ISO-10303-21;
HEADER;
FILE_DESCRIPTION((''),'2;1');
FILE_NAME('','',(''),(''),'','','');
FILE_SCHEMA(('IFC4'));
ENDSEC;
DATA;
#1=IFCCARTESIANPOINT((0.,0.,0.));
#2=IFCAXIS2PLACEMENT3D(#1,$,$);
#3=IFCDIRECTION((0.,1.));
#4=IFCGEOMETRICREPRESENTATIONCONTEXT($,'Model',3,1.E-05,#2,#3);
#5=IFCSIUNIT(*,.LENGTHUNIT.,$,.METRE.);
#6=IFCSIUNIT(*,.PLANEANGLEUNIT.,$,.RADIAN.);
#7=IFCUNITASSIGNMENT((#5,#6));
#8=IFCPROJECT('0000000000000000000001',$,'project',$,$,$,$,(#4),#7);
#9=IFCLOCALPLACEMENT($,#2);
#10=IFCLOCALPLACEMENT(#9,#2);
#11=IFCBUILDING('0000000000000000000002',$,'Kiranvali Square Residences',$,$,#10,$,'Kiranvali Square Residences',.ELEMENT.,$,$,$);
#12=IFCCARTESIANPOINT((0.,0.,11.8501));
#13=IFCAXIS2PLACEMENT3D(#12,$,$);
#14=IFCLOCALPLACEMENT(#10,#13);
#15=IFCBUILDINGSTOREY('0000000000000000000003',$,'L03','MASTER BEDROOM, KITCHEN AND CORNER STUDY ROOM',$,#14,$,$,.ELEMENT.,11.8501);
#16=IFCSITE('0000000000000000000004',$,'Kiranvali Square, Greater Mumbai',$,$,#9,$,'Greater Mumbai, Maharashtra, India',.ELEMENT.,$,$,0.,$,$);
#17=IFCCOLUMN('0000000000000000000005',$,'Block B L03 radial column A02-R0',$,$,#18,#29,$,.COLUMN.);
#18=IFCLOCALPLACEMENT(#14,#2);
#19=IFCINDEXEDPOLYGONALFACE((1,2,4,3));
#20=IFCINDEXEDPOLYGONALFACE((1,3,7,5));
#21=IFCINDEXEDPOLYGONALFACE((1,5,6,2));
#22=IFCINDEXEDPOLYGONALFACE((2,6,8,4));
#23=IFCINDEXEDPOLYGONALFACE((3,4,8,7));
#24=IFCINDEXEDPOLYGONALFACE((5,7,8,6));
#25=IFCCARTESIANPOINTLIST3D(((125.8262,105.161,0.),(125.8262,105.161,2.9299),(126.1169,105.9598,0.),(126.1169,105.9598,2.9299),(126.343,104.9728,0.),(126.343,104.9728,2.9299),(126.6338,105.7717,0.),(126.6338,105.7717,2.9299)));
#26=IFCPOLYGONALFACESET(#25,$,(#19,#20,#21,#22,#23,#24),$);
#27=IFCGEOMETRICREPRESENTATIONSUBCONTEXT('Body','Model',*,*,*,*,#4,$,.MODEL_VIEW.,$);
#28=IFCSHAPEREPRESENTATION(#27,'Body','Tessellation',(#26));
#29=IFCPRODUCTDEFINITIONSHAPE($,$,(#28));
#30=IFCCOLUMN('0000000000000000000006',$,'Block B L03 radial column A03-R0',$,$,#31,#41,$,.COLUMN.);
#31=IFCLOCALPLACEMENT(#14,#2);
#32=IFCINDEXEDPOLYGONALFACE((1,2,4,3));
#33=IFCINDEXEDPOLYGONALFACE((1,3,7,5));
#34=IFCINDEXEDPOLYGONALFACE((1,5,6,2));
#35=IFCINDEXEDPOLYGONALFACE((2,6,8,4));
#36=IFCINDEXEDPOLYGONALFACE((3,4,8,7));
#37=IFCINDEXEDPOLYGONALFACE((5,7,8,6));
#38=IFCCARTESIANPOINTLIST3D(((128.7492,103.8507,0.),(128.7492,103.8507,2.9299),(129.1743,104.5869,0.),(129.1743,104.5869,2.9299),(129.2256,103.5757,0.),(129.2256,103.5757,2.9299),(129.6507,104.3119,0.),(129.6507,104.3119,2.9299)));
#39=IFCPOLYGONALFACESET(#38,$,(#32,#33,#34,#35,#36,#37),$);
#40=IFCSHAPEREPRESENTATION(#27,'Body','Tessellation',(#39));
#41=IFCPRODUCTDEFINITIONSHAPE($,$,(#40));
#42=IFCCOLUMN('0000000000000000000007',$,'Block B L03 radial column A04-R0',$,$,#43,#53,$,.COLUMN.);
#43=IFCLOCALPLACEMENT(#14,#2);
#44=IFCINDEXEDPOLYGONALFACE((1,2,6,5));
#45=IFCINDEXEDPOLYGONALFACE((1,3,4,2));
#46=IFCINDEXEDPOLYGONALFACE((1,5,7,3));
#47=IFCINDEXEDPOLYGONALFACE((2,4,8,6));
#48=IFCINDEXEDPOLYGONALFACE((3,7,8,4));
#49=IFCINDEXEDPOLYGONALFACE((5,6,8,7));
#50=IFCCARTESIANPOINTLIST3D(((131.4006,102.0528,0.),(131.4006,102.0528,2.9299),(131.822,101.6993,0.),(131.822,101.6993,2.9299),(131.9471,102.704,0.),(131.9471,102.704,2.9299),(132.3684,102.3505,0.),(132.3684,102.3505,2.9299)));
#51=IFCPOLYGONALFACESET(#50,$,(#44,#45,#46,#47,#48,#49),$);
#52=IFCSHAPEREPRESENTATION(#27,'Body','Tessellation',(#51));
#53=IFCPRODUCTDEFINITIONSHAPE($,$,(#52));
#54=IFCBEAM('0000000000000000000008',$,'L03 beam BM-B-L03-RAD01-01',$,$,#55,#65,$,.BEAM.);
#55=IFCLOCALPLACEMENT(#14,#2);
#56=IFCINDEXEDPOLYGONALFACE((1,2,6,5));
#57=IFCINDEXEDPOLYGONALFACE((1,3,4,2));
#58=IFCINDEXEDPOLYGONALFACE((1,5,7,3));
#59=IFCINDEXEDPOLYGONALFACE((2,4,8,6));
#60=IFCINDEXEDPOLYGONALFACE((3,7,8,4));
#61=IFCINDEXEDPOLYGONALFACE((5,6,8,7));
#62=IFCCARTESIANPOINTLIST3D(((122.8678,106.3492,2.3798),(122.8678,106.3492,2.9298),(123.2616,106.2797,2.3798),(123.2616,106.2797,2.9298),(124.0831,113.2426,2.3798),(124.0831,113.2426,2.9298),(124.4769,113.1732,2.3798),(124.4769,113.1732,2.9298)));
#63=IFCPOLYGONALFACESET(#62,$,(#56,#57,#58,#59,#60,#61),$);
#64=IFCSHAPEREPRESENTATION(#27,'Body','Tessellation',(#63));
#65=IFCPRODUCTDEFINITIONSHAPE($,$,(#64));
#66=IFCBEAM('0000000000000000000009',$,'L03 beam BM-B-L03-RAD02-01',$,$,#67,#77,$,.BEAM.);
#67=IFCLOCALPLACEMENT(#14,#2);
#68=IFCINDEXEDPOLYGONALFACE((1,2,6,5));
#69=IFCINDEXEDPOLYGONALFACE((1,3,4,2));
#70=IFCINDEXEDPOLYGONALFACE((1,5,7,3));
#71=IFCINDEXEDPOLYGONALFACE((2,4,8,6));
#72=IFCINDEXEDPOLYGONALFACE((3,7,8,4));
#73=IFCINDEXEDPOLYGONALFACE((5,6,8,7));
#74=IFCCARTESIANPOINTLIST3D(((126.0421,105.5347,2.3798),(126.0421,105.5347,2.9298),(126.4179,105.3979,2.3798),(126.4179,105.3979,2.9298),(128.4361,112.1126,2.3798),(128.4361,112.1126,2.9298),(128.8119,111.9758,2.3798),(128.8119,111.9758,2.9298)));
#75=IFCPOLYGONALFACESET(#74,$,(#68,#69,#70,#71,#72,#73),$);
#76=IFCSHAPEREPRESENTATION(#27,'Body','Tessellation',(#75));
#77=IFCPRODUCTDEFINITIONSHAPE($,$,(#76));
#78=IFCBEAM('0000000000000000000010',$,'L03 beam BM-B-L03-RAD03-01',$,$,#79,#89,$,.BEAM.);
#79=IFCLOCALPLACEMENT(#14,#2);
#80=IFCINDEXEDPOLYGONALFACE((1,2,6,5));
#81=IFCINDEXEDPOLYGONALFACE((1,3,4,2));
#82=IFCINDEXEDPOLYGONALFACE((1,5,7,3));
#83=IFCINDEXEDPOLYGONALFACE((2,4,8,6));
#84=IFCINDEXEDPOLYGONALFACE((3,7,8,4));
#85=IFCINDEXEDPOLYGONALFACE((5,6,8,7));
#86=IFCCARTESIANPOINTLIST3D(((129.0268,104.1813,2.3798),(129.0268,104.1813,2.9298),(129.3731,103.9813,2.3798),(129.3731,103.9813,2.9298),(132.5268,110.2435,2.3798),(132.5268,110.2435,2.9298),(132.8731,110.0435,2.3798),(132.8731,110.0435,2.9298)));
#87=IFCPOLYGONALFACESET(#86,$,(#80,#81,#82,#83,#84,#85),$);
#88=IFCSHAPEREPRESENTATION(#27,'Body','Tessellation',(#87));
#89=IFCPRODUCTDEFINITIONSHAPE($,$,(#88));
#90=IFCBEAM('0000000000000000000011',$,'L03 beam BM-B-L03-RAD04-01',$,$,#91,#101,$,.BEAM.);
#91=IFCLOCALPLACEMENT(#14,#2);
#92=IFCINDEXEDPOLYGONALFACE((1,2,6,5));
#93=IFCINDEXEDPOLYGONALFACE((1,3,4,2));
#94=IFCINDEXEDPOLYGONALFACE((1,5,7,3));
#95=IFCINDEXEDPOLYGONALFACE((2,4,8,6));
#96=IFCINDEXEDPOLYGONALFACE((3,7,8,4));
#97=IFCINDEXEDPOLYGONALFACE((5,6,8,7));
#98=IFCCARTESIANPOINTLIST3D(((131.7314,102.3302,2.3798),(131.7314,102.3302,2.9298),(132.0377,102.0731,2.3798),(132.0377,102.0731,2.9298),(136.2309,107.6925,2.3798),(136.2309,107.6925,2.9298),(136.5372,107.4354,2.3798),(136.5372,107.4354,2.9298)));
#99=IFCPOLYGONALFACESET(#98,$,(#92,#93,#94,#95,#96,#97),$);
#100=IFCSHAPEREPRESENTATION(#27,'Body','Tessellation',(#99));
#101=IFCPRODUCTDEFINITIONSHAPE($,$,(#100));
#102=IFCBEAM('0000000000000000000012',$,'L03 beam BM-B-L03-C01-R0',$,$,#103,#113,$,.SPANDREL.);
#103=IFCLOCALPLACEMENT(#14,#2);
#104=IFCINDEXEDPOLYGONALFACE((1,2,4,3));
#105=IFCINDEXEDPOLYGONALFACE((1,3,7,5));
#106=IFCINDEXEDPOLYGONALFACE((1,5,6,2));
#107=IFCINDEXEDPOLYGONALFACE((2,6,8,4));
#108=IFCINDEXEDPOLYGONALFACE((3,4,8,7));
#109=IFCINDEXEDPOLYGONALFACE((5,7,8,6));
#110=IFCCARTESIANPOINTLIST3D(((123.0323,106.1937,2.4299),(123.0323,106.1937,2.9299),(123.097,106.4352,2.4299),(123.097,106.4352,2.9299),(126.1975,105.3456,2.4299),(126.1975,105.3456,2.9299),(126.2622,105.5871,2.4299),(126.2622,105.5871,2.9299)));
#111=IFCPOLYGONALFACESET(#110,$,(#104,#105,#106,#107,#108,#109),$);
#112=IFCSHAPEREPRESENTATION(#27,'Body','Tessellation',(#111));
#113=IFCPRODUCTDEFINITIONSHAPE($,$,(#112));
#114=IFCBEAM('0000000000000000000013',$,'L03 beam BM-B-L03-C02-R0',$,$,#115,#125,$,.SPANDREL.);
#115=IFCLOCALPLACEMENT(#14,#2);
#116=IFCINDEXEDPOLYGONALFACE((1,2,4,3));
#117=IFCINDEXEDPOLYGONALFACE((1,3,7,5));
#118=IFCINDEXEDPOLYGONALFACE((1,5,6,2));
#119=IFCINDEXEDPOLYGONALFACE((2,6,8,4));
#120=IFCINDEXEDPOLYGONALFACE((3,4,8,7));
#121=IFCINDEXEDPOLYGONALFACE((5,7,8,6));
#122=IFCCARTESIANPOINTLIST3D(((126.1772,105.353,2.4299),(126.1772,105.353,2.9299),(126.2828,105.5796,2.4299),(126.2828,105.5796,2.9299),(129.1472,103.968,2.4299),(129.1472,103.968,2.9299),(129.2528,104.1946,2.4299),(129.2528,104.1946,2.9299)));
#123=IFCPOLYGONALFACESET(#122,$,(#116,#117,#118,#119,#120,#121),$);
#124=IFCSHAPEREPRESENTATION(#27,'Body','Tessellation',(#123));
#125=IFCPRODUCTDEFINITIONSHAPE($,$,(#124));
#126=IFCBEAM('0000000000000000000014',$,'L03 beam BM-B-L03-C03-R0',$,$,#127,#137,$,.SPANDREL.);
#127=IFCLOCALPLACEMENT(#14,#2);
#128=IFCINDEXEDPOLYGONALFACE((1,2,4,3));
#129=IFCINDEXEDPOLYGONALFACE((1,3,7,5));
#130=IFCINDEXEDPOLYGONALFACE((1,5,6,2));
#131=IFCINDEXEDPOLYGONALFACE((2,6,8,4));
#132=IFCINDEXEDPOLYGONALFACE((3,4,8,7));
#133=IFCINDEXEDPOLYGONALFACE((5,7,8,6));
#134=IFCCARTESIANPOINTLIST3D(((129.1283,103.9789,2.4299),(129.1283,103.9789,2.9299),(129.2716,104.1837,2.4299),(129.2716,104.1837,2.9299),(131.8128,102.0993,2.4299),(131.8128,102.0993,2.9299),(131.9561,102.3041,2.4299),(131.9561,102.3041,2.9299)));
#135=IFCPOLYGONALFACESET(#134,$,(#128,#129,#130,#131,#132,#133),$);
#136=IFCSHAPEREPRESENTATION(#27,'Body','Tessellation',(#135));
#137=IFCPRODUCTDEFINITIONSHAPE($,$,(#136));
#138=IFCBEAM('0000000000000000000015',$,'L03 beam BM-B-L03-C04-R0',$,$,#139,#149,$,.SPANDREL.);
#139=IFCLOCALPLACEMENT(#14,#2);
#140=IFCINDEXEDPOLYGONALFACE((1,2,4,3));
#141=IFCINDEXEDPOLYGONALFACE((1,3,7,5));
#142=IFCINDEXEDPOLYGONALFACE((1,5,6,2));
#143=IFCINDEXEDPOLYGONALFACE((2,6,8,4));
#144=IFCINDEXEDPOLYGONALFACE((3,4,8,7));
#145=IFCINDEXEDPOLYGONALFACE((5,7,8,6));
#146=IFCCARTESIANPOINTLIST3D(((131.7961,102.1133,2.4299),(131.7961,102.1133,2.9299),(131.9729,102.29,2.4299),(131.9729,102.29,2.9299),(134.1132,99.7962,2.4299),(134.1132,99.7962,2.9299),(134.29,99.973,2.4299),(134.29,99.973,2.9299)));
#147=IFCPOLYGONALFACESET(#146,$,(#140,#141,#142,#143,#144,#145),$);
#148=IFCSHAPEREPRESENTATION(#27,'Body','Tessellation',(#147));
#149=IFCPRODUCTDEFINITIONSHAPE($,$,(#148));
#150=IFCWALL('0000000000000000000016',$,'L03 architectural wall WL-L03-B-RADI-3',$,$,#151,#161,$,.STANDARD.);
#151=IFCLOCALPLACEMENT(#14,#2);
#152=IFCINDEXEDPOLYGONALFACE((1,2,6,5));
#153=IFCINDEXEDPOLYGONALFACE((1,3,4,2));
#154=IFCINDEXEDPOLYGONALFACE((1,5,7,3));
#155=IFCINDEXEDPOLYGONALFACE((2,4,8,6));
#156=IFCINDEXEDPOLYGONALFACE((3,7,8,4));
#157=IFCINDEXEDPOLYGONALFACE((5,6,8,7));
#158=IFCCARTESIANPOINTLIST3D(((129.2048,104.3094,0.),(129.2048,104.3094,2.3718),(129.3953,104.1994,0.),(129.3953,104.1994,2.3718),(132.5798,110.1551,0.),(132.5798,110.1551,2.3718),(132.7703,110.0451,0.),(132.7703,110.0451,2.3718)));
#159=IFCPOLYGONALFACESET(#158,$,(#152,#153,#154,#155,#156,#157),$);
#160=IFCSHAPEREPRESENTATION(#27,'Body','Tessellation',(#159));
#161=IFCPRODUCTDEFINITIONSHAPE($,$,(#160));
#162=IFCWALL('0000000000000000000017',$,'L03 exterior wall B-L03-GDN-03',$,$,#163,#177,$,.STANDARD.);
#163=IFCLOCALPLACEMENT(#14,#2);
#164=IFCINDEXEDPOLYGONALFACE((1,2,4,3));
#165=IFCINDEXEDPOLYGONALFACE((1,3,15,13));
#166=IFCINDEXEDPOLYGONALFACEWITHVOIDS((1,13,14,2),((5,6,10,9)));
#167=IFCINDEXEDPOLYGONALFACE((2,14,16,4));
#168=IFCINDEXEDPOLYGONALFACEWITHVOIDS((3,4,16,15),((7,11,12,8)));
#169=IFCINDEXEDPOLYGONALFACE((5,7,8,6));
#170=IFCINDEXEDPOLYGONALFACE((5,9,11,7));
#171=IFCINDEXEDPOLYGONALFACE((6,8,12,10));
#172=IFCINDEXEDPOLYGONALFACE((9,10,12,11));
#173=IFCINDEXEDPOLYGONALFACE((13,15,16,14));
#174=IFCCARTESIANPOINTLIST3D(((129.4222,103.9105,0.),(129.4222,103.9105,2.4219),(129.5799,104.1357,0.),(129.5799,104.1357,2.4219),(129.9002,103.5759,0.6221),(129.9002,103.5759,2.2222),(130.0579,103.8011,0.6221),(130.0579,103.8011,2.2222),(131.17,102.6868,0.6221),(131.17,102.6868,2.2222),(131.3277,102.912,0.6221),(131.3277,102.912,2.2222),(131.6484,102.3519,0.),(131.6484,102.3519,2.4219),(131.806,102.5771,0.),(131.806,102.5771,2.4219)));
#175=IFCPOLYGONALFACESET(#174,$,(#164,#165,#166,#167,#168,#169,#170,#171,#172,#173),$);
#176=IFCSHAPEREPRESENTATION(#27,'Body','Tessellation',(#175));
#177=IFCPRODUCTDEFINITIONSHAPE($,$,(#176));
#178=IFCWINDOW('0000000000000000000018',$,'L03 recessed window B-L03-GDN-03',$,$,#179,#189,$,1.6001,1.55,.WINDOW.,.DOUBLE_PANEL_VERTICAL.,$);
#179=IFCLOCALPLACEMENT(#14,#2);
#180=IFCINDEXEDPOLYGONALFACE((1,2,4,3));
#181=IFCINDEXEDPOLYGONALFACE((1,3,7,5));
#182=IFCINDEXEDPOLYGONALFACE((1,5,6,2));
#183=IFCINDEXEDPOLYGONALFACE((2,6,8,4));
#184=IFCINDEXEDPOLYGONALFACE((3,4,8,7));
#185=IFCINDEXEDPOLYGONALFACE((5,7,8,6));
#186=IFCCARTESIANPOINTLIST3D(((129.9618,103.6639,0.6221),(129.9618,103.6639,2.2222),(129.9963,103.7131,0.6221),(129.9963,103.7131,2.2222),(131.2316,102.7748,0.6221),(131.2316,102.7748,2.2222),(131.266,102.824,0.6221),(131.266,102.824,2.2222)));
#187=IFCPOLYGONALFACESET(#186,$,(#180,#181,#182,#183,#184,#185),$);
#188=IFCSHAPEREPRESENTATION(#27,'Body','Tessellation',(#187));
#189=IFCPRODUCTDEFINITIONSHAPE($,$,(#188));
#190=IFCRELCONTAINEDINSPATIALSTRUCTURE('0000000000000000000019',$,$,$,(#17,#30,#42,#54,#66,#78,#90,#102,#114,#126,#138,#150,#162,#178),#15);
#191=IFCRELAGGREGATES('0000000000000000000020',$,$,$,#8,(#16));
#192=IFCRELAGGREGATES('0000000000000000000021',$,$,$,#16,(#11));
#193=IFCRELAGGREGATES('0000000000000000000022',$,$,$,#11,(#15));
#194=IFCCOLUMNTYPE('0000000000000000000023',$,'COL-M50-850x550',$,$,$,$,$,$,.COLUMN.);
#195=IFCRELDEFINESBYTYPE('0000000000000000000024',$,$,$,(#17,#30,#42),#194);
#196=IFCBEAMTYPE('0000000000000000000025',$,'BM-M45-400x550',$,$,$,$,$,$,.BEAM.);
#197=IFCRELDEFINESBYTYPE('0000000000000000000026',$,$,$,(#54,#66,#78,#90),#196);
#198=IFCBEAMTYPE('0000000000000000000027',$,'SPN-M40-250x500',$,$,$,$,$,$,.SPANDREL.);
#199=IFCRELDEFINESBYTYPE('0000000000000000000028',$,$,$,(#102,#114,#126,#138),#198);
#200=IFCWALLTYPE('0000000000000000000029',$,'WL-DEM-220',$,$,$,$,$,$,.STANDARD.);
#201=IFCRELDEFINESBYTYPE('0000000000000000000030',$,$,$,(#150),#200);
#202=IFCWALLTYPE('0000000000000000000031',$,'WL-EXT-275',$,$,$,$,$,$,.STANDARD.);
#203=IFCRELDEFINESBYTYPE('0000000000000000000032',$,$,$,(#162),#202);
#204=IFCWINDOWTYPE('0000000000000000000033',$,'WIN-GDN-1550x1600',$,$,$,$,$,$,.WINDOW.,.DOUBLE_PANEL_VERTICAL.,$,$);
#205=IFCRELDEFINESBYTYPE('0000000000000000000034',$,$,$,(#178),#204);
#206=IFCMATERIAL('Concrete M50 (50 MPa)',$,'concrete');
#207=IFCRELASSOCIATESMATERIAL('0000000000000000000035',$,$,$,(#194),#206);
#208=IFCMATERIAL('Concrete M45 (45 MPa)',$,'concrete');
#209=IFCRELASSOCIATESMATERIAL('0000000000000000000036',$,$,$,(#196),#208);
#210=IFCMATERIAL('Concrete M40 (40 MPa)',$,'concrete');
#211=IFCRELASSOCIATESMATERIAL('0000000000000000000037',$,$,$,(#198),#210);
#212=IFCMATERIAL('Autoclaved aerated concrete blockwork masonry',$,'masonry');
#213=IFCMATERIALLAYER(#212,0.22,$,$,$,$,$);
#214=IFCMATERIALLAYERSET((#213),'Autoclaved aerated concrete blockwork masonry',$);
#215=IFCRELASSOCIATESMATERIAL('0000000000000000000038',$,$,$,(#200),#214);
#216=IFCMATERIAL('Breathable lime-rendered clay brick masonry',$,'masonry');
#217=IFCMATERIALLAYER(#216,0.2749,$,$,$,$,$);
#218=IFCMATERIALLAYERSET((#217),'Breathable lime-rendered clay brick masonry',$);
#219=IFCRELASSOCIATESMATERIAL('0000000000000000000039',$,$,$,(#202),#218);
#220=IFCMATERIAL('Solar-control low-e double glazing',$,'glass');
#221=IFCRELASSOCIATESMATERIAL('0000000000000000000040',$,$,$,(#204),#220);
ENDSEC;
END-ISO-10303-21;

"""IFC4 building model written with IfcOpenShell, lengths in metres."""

from ifc_helpers import new_model, si_unit, direction, frame, frame_2d, origin, origin_2d, place, context, subcontext, project, spatial, rectangle, extrude, material, layer, layer_set, material_profile, profile_set, type_object, element, fill, save


model = new_model("IFC4")

# Units and contexts
model_context = context("Model", 3, precision=1e-05, world=origin(), true_north=direction((0.0, 1.0)))
body_context = subcontext(model_context, "Body", "Model", "MODEL_VIEW")
ifc_project = project(units=[si_unit("LENGTHUNIT", "METRE"), si_unit("PLANEANGLEUNIT", "RADIAN")], contexts=[model_context])

# Site, building, storey
site_placement = place(None, origin())
site = spatial("IfcSite", under=ifc_project, at=site_placement, Name="Kiranvali Square, Greater Mumbai", LongName="Greater Mumbai, Maharashtra, India", CompositionType="ELEMENT", RefElevation=0.0)
building_placement = place(site_placement, origin())
building = spatial("IfcBuilding", under=site, at=building_placement, Name="Kiranvali Square Residences", LongName="Kiranvali Square Residences", CompositionType="ELEMENT")
storey_placement = place(building_placement, frame((0.0, 0.0, 11.8501)))
storey = spatial("IfcBuildingStorey", under=building, at=storey_placement, Name="L03", Description="MASTER BEDROOM, KITCHEN AND CORNER STUDY ROOM", CompositionType="ELEMENT", Elevation=11.8501)

# Columns
ifc_material_1 = material(Name="Concrete M50 (50 MPa)", Category="concrete")
ifc_material_profile_1 = material_profile(ifc_material_1, rectangle(XDim=0.55, YDim=0.8501, at=origin_2d()), Name="RC 850x550")
ifc_profile_set_1 = profile_set([ifc_material_profile_1], Name="Concrete M50 (50 MPa)")
column_type = type_object("IfcColumnType", Name="COL-M50-850x550", PredefinedType="COLUMN", material=ifc_profile_set_1)
for number, where, z_axis, x_axis, name in (
    (1, (126.23, 105.4663, 0.0), (0.0, 0.0, 1.0), (-0.939693, 0.34202, 0.0), "Block B L03 radial column A02-R0"),
    (2, (129.2, 104.0813, 0.0), (0.0, 0.0, 1.0), (-0.866025, 0.5, 0.0), "Block B L03 radial column A03-R0"),
    (3, (131.8845, 102.2017, 0.0), (0.0, 0.0, 1.0), (-0.766044, 0.642788, 0.0), "Block B L03 radial column A04-R0"),
):
    element("IfcColumn", number, at=place(storey_placement, frame(where, z_axis=z_axis, x_axis=x_axis)), inside=storey, type_object=column_type, Name=name, PredefinedType="COLUMN", context=body_context, shape_type="SweptSolid", body=[
        extrude(rectangle(XDim=0.55, YDim=0.8501, at=origin_2d()), origin(), (0.0, 0.0, 1.0), 2.9299),
    ])

# Beams
ifc_material_2 = material(Name="Concrete M45 (45 MPa)", Category="concrete")
ifc_material_profile_2 = material_profile(ifc_material_2, rectangle(XDim=0.3999, YDim=0.55, at=origin_2d()), Name="RC 400x550")
ifc_profile_set_2 = profile_set([ifc_material_profile_2], Name="Concrete M45 (45 MPa)")
beam_type_1 = type_object("IfcBeamType", Name="BM-M45-400x550", PredefinedType="BEAM", material=ifc_profile_set_2)
beam_1_placement = place(storey_placement, frame((123.0647, 106.3145, 2.6548), z_axis=(0.173622, 0.984812, 0.0), x_axis=(-0.984812, 0.173622, 0.0)))
element("IfcBeam", 4, at=beam_1_placement, inside=storey, type_object=beam_type_1, Name="L03 beam BM-B-L03-RAD01-01", PredefinedType="BEAM", context=body_context, shape_type="SweptSolid", body=[
    extrude(rectangle(XDim=0.3999, YDim=0.55, at=origin_2d()), origin(), (0.0, 0.0, 1.0), 6.9998),
])
for number, where, z_axis, x_axis, name in (
    (5, (126.23, 105.4663, 2.6548), (0.342006, 0.939698, 0.0), (-0.939698, 0.342006, 0.0), "L03 beam BM-B-L03-RAD02-01"),
    (6, (129.2, 104.0813, 2.6548), (0.499995, 0.866028, 0.0), (-0.866028, 0.499995, 0.0), "L03 beam BM-B-L03-RAD03-01"),
    (7, (131.8845, 102.2017, 2.6548), (0.642788, 0.766044, 0.0), (-0.766044, 0.642788, 0.0), "L03 beam BM-B-L03-RAD04-01"),
):
    element("IfcBeam", number, at=place(storey_placement, frame(where, z_axis=z_axis, x_axis=x_axis)), inside=storey, type_object=beam_type_1, Name=name, PredefinedType="BEAM", context=body_context, shape_type="SweptSolid", body=[
        extrude(rectangle(XDim=0.3999, YDim=0.55, at=origin_2d()), origin(), (0.0, 0.0, 1.0), 7.0),
    ])
ifc_material_3 = material(Name="Concrete M40 (40 MPa)", Category="concrete")
ifc_material_profile_3 = material_profile(ifc_material_3, rectangle(XDim=0.25, YDim=0.5, at=origin_2d()), Name="RC 250x500")
ifc_profile_set_3 = profile_set([ifc_material_profile_3], Name="Concrete M40 (40 MPa)")
beam_type_2 = type_object("IfcBeamType", Name="SPN-M40-250x500", PredefinedType="SPANDREL", material=ifc_profile_set_3)
beam_2_placement = place(storey_placement, frame((123.0647, 106.3145, 2.6799), z_axis=(0.965925, -0.258822, 0.0), x_axis=(0.258822, 0.965925, 0.0)))
element("IfcBeam", 8, at=beam_2_placement, inside=storey, type_object=beam_type_2, Name="L03 beam BM-B-L03-C01-R0", PredefinedType="SPANDREL", context=body_context, shape_type="SweptSolid", body=[
    extrude(rectangle(XDim=0.25, YDim=0.5, at=origin_2d()), origin(), (0.0, 0.0, 1.0), 3.2769),
])
for number, where, z_axis, x_axis, name in (
    (9, (126.23, 105.4663, 2.6799), (0.906297, -0.422641, 0.0), (0.422641, 0.906297, 0.0), "L03 beam BM-B-L03-C02-R0"),
    (10, (129.2, 104.0813, 2.6799), (0.819169, -0.573552, 0.0), (0.573552, 0.819169, 0.0), "L03 beam BM-B-L03-C03-R0"),
):
    element("IfcBeam", number, at=place(storey_placement, frame(where, z_axis=z_axis, x_axis=x_axis)), inside=storey, type_object=beam_type_2, Name=name, PredefinedType="SPANDREL", context=body_context, shape_type="SweptSolid", body=[
        extrude(rectangle(XDim=0.25, YDim=0.5, at=origin_2d()), origin(), (0.0, 0.0, 1.0), 3.2771),
    ])
beam_3_placement = place(storey_placement, frame((131.8845, 102.2017, 2.6799), z_axis=(0.707107, -0.707107, 0.0), x_axis=(0.707107, 0.707107, 0.0)))
element("IfcBeam", 11, at=beam_3_placement, inside=storey, type_object=beam_type_2, Name="L03 beam BM-B-L03-C04-R0", PredefinedType="SPANDREL", context=body_context, shape_type="SweptSolid", body=[
    extrude(rectangle(XDim=0.25, YDim=0.5, at=origin_2d()), origin(), (0.0, 0.0, 1.0), 3.2769),
])

# Wall
ifc_material_4 = material(Name="Autoclaved aerated concrete blockwork masonry", Category="masonry")
ifc_layer_1 = layer(ifc_material_4, 0.22)
ifc_layer_set_1 = layer_set([ifc_layer_1], Name="Autoclaved aerated concrete blockwork masonry")
wall_type_1 = type_object("IfcWallType", Name="WL-DEM-220", PredefinedType="STANDARD", material=ifc_layer_set_1)
wall_1_placement = place(storey_placement, frame((129.3, 104.2544, 0.0), z_axis=(0.0, 0.0, 1.0), x_axis=(0.499998, 0.866027, 0.0)))
element("IfcWall", 12, at=wall_1_placement, inside=storey, type_object=wall_type_1, Name="L03 architectural wall WL-L03-B-RADI-3", PredefinedType="STANDARD", context=body_context, shape_type="SweptSolid", body=[
    extrude(rectangle(XDim=6.75, YDim=0.22, at=frame_2d((3.375, 0.0))), origin(), (0.0, 0.0, 1.0), 2.3718),
])

# Shared definitions
ifc_material_5 = material(Name="Breathable lime-rendered clay brick masonry", Category="masonry")
ifc_layer_2 = layer(ifc_material_5, 0.2749)
ifc_layer_set_2 = layer_set([ifc_layer_2], Name="Breathable lime-rendered clay brick masonry")
wall_type_2 = type_object("IfcWallType", Name="WL-EXT-275", PredefinedType="STANDARD", material=ifc_layer_set_2)

# Wall, opening, window
wall_2_placement = place(storey_placement, frame((129.501, 104.0232, 0.0), z_axis=(0.0, 0.0, 1.0), x_axis=(0.819173, -0.573547, 0.0)))
wall_2 = element("IfcWall", 13, at=wall_2_placement, inside=storey, type_object=wall_type_2, Name="L03 exterior wall B-L03-GDN-03", PredefinedType="STANDARD", context=body_context, shape_type="SweptSolid", body=[
    extrude(rectangle(XDim=2.7175, YDim=0.2749, at=frame_2d((1.3589, 0.0))), origin(), (0.0, 0.0, 1.0), 2.4219),
])
opening_1_placement = place(wall_2_placement, frame((0.5837, 0.0, 0.6221)))
opening_1 = element("IfcOpeningElement", 14, at=opening_1_placement, cuts=wall_2, PredefinedType="OPENING", context=body_context, shape_type="SweptSolid", body=[
    extrude(rectangle(XDim=1.55, YDim=1.6001, at=frame_2d((0.7749, 0.8))), frame((0.0, 0.1475, 0.0), z_axis=(0.0, -1.0, 0.0), x_axis=(1.0, 0.0, 0.0)), (0.0, 0.0, 1.0), 0.2949),
])
ifc_material_6 = material(Name="Solar-control low-e double glazing", Category="glass")
window_type_1 = type_object("IfcWindowType", Name="WIN-GDN-1550x1600", PartitioningType="DOUBLE_PANEL_VERTICAL", PredefinedType="WINDOW", material=ifc_material_6)
window_1_placement = place(opening_1_placement, origin())
window_1 = element("IfcWindow", 15, at=window_1_placement, inside=storey, type_object=window_type_1, Name="L03 recessed window B-L03-GDN-03", OverallHeight=1.6001, OverallWidth=1.55, PartitioningType="DOUBLE_PANEL_VERTICAL", PredefinedType="WINDOW", context=body_context, shape_type="SweptSolid", body=[
    extrude(rectangle(XDim=1.55, YDim=1.6001, at=frame_2d((0.7749, 0.8))), frame((0.0, 0.03, 0.0), z_axis=(0.0, -1.0, 0.0), x_axis=(1.0, 0.0, 0.0)), (0.0, 0.0, 1.0), 0.0601),
])
fill(opening_1, window_1)

save(model, "model.ifc")
